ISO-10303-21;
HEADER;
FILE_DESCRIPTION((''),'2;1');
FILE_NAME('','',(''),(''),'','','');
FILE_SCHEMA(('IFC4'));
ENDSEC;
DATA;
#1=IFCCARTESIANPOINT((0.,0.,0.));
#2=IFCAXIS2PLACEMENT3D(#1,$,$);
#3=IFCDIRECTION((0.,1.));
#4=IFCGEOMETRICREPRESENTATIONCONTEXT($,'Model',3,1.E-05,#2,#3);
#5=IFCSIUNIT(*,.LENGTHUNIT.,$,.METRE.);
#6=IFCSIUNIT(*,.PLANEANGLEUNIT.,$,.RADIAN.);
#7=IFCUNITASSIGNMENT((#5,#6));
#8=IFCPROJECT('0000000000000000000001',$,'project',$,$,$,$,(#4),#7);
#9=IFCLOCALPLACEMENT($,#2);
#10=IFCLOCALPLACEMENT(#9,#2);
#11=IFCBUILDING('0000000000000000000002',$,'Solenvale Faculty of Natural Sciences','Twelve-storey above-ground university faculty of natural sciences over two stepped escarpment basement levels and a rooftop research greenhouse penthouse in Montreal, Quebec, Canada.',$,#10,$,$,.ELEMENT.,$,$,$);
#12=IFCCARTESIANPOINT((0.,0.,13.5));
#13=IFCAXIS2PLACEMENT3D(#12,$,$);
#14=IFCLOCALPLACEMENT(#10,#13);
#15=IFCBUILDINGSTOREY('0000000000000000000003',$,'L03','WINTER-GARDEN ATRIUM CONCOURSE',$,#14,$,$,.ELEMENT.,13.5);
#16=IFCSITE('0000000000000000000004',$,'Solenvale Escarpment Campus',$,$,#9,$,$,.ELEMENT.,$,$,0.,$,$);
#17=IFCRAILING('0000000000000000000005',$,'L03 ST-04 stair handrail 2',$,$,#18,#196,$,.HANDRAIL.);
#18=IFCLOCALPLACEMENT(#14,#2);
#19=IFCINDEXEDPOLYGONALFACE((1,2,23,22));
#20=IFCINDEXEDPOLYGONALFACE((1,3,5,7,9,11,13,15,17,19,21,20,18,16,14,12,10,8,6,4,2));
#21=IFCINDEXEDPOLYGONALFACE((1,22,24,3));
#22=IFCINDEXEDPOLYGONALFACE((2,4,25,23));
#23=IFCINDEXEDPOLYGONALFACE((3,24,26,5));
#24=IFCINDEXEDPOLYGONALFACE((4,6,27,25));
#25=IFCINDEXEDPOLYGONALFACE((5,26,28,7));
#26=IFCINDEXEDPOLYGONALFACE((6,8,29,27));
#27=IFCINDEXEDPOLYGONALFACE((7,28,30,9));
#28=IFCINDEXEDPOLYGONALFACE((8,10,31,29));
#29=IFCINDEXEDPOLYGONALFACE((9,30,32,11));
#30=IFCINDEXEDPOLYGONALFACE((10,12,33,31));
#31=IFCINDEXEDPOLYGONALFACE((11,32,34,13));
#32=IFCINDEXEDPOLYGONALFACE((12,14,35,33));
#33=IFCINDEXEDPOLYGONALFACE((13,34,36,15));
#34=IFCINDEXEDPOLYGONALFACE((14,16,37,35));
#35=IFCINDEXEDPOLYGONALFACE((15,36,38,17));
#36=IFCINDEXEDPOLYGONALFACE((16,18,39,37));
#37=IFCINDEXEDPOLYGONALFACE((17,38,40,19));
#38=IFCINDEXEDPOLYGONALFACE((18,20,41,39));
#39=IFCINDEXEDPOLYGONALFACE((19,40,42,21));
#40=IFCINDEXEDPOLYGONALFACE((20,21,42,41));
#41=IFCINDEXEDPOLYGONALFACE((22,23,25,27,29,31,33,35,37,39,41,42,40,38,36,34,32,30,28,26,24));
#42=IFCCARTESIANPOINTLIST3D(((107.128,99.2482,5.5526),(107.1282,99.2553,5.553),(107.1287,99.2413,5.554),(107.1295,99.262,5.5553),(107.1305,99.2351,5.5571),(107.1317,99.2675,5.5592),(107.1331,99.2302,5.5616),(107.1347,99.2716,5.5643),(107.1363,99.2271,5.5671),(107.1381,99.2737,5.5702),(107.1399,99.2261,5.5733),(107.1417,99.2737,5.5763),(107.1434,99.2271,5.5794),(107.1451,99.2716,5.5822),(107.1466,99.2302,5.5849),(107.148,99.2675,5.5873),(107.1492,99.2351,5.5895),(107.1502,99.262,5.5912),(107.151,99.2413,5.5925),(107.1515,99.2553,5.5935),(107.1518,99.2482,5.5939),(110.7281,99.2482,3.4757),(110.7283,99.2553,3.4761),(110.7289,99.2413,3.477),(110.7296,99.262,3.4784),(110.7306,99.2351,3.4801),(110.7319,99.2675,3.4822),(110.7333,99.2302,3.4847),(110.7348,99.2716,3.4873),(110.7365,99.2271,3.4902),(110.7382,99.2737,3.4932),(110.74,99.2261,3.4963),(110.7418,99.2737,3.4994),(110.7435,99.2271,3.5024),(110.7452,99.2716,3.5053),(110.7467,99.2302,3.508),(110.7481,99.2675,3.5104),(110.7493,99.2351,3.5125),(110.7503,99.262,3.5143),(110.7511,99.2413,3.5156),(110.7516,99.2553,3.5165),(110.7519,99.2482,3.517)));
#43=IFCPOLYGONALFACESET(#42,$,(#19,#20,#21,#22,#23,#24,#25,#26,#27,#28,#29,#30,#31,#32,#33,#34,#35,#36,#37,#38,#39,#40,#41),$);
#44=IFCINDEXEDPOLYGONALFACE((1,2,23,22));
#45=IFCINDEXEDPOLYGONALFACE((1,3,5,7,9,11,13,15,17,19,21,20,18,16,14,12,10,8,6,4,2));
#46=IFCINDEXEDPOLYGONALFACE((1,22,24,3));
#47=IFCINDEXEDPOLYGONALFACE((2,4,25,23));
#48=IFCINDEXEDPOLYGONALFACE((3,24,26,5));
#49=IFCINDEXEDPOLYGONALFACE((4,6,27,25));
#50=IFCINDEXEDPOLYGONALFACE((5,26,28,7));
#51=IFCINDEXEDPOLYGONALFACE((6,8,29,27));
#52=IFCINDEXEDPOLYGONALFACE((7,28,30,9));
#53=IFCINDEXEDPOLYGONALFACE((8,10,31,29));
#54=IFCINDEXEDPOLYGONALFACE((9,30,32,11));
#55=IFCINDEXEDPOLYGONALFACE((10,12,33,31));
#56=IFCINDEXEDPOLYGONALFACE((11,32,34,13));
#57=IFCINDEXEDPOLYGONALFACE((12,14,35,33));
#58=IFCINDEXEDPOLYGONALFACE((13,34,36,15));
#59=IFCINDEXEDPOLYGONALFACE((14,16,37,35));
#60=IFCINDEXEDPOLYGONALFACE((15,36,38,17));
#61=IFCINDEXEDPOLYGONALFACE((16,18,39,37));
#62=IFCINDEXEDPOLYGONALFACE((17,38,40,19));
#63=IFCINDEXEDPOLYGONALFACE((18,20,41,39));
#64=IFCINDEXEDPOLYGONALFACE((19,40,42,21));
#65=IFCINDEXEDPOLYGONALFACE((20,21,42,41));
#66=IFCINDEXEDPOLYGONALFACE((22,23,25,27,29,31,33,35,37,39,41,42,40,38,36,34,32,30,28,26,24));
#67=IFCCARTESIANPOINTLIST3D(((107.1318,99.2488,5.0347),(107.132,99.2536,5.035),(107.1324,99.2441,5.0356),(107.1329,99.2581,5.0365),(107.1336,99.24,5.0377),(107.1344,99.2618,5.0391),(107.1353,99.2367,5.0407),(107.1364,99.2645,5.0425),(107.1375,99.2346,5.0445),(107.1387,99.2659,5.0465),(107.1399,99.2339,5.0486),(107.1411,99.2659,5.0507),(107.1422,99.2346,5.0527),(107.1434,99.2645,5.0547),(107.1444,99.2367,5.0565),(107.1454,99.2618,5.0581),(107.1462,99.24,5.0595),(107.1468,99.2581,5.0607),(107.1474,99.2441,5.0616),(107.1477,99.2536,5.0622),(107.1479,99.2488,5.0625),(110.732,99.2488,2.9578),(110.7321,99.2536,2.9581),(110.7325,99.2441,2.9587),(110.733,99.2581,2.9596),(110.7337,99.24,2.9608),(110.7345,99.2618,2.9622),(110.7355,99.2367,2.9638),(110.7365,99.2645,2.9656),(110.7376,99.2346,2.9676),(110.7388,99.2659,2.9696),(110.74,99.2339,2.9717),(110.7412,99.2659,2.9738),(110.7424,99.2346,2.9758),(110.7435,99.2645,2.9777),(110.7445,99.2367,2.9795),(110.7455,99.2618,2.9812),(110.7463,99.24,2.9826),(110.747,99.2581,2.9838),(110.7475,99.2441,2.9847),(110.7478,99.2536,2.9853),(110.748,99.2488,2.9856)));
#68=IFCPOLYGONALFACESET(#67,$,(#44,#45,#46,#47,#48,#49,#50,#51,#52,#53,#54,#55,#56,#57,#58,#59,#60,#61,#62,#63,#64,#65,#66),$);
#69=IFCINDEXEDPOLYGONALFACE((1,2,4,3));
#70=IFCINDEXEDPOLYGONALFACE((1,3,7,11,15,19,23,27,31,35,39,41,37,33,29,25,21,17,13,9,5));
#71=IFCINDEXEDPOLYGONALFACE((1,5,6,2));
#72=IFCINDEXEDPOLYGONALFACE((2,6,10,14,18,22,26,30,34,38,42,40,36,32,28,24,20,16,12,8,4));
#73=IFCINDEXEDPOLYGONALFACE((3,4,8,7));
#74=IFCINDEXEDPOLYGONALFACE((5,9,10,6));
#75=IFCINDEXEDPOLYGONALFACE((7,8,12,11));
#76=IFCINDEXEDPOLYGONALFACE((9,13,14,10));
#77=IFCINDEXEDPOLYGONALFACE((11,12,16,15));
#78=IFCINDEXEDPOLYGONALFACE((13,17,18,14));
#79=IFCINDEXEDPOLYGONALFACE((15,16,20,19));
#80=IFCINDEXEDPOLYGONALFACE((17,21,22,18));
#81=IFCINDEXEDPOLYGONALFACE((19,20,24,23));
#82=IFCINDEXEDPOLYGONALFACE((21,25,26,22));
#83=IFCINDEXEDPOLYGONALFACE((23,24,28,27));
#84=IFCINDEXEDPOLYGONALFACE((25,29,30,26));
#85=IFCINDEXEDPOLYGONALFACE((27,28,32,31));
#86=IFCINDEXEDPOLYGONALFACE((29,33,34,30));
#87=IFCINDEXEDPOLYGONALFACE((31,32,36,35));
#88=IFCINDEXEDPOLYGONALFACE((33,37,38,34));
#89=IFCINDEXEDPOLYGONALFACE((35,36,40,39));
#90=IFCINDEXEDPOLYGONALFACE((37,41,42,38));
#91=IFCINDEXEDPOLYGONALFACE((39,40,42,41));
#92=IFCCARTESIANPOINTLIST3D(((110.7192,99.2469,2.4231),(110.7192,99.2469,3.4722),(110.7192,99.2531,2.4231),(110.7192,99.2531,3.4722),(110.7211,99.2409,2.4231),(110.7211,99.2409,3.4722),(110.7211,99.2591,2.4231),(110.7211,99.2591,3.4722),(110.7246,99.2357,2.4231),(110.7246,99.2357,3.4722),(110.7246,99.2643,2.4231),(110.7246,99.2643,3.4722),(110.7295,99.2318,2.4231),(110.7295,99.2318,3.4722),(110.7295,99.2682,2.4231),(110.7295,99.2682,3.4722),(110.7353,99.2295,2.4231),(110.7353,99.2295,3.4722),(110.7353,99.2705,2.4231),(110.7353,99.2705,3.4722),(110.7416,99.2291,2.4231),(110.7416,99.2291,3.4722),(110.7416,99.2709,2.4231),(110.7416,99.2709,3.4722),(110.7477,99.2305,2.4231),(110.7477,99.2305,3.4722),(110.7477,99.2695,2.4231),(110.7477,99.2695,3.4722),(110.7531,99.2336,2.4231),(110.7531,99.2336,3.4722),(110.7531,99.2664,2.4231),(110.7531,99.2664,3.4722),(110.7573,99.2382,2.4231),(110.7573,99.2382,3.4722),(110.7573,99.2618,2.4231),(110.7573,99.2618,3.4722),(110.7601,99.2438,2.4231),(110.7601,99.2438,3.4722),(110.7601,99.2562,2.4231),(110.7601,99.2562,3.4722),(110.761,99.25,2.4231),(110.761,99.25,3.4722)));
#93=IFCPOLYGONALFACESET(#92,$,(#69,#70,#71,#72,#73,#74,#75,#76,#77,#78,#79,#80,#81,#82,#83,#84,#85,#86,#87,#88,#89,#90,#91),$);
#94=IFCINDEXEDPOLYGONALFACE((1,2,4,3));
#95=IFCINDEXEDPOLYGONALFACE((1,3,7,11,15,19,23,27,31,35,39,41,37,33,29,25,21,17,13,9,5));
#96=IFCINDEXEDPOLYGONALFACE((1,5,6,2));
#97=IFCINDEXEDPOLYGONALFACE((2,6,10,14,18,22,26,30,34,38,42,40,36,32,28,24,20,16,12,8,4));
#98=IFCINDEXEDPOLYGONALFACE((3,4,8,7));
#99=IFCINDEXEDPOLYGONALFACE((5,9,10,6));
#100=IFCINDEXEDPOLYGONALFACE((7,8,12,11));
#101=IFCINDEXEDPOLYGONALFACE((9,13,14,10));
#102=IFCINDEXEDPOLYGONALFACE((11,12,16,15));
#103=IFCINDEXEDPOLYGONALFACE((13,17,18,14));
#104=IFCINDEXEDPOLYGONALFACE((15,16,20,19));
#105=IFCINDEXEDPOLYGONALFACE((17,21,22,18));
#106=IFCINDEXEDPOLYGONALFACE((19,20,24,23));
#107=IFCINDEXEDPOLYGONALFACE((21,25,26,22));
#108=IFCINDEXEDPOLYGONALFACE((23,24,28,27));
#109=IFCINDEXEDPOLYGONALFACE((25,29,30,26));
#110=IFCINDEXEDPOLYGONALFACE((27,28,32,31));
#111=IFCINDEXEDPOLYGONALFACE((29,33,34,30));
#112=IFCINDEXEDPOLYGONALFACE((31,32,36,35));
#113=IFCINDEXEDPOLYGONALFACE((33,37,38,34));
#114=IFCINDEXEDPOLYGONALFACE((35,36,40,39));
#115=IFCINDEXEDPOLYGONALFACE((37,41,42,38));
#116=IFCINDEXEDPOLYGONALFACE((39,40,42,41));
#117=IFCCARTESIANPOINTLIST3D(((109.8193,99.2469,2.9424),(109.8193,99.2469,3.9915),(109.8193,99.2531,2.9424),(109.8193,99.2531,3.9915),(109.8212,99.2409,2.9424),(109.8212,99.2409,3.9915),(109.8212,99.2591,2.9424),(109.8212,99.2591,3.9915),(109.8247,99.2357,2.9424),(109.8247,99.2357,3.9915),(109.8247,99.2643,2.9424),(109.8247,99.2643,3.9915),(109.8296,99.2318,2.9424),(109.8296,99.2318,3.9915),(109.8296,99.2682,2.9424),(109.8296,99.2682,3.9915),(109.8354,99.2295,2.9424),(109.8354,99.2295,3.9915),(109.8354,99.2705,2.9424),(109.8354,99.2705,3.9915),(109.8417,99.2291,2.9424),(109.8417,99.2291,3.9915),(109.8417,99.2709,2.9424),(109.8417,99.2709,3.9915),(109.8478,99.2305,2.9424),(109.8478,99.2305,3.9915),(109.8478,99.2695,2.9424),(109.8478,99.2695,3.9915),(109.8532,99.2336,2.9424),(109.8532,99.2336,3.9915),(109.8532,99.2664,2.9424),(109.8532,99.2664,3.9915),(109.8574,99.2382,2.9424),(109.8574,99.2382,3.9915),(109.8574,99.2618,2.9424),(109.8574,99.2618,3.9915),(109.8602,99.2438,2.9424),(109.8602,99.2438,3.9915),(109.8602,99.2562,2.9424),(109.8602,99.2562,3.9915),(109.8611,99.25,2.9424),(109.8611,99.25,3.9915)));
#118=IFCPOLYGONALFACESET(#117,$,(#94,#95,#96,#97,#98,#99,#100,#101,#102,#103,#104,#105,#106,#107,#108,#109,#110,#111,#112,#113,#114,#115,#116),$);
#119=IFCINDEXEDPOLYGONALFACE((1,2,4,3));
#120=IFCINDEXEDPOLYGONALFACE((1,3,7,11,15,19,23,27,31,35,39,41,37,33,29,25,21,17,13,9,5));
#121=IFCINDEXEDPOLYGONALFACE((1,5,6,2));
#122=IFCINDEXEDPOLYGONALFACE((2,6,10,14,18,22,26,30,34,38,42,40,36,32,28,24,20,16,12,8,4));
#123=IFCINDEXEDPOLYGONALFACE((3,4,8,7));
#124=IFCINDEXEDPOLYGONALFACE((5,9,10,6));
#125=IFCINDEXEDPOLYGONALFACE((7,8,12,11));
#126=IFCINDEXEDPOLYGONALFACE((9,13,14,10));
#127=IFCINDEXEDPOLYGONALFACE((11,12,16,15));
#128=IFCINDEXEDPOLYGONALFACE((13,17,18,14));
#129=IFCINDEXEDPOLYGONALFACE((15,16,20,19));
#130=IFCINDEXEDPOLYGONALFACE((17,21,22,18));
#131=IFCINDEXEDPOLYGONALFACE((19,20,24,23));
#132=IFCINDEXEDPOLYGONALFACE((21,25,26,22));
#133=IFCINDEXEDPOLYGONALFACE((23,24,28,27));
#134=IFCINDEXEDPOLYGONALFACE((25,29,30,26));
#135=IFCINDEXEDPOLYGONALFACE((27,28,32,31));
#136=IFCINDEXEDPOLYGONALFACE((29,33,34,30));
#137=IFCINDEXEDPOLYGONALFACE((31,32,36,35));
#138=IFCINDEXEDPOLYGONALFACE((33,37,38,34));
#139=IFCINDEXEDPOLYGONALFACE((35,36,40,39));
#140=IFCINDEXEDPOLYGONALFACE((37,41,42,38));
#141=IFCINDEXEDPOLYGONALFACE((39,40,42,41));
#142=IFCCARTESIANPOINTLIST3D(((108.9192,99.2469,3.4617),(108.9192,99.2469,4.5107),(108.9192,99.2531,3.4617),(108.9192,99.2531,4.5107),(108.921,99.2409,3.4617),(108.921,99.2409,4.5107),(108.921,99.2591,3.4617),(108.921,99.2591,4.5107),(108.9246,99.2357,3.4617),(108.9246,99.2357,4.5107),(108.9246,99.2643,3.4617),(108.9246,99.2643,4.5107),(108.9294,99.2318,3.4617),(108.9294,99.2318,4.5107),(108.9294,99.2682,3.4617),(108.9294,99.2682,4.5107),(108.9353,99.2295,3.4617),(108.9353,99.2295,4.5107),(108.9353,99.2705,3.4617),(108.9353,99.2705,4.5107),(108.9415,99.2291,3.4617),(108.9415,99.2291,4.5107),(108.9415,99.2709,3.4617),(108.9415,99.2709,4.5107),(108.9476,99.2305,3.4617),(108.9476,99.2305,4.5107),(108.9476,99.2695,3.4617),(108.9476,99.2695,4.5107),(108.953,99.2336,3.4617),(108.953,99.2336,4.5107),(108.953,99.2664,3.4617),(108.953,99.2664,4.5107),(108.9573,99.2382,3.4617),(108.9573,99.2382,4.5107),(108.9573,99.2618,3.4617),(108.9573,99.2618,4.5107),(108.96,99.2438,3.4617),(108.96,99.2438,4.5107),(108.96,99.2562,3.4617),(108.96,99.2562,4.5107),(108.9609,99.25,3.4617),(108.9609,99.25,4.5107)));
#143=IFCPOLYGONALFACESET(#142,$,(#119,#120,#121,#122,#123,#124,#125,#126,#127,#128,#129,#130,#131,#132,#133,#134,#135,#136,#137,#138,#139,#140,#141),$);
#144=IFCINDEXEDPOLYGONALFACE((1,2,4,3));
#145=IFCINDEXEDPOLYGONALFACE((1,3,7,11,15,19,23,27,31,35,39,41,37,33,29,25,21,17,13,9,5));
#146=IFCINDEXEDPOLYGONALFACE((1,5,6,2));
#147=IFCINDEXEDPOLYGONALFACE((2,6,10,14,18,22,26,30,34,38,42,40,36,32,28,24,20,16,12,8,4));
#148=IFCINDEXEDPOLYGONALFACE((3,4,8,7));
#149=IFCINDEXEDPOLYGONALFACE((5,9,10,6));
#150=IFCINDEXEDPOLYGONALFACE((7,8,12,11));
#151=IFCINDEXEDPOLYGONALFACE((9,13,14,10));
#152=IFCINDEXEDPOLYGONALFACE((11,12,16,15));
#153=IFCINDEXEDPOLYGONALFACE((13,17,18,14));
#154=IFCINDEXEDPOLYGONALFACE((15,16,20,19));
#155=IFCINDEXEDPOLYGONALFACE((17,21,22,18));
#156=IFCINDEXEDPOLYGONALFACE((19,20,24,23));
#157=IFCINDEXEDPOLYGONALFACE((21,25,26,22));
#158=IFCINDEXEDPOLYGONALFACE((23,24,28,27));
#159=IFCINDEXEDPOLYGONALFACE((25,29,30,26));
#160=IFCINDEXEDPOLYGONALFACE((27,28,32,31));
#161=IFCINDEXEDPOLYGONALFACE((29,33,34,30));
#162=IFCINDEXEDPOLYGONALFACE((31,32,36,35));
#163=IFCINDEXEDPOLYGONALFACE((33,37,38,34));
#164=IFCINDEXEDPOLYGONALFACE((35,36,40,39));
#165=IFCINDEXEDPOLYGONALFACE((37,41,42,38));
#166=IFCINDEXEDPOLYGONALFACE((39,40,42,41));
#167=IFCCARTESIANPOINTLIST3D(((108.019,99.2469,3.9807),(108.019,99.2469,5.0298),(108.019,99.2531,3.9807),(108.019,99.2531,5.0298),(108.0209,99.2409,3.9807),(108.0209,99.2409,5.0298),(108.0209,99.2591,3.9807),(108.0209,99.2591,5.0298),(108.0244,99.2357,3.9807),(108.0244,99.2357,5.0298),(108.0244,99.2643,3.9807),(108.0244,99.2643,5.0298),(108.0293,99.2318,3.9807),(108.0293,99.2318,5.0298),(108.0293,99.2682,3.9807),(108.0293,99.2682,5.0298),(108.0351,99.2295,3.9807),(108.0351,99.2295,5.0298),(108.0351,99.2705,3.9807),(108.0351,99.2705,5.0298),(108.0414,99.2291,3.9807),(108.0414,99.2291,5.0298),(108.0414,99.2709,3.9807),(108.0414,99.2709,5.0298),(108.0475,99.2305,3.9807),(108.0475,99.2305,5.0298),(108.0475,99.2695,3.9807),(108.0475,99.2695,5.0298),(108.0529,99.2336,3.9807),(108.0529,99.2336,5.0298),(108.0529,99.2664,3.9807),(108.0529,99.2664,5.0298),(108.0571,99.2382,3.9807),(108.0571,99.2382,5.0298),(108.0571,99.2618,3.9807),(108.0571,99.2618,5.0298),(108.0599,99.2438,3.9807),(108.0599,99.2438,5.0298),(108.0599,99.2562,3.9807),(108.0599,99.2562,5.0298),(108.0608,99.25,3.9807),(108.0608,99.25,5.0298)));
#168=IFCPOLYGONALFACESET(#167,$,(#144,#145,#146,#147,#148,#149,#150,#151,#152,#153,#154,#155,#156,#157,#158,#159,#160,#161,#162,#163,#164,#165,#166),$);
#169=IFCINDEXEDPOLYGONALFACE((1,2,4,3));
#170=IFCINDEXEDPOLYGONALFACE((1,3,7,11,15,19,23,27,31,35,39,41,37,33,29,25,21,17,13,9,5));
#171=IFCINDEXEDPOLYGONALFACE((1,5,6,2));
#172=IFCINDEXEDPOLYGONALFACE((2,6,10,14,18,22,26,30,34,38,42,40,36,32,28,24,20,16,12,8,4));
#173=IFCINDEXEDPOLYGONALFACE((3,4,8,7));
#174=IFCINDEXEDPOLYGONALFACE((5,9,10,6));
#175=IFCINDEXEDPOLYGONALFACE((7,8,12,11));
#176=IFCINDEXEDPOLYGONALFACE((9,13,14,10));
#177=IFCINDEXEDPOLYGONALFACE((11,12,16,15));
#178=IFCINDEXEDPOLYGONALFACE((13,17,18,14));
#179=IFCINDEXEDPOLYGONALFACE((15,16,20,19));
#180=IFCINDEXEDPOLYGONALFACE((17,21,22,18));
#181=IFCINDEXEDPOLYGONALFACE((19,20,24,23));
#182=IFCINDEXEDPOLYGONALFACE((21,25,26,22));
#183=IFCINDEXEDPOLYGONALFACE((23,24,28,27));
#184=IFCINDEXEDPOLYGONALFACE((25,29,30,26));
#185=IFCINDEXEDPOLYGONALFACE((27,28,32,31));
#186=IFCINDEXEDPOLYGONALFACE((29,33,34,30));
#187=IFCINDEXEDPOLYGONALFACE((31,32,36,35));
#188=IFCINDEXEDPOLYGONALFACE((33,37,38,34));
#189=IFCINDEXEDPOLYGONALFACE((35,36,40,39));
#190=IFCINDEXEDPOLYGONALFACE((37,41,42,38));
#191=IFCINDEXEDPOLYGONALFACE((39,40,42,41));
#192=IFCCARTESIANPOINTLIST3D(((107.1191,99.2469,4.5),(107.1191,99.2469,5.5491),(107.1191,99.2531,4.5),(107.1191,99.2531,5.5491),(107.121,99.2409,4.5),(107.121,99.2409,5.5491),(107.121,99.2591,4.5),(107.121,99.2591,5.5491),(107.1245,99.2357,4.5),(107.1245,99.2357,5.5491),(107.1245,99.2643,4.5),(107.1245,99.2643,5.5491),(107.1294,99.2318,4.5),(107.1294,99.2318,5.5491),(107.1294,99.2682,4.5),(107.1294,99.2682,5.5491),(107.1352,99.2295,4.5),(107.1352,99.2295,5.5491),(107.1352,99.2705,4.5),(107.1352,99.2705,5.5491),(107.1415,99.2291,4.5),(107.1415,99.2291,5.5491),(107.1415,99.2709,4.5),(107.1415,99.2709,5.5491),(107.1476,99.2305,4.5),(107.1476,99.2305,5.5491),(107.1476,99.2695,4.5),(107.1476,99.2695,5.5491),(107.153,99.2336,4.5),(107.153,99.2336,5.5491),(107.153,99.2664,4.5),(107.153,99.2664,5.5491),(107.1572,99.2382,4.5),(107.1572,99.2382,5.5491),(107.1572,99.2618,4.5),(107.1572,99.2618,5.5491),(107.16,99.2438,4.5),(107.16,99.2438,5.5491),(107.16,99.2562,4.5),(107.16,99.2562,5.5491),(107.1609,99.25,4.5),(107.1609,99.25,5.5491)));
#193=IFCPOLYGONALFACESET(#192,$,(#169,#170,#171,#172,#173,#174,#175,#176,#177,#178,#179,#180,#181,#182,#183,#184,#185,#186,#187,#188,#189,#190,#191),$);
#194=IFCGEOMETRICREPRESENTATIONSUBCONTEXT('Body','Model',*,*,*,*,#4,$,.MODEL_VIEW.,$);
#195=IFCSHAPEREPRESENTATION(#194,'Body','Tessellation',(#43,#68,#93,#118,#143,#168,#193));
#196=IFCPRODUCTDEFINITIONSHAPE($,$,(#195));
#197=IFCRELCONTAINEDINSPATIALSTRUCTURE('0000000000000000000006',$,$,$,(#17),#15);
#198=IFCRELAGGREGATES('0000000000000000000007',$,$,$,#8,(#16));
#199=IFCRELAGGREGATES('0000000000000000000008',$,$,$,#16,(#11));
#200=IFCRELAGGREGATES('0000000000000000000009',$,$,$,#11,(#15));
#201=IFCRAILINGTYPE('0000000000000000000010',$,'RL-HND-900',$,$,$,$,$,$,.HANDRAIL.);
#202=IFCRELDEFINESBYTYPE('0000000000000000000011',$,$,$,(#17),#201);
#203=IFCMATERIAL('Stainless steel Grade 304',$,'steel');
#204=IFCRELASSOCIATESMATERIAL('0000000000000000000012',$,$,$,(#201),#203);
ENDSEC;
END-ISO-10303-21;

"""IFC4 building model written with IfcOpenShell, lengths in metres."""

from ifc_helpers import new_model, si_unit, direction, frame, origin, origin_2d, place, context, subcontext, project, spatial, circle, extrude, material, type_object, element, save


model = new_model("IFC4")

# Units and contexts
model_context = context("Model", 3, precision=1e-05, world=origin(), true_north=direction((0.0, 1.0)))
body_context = subcontext(model_context, "Body", "Model", "MODEL_VIEW")
ifc_project = project(units=[si_unit("LENGTHUNIT", "METRE"), si_unit("PLANEANGLEUNIT", "RADIAN")], contexts=[model_context])

# Site, building, storey
site_placement = place(None, origin())
site = spatial("IfcSite", under=ifc_project, at=site_placement, Name="Solenvale Escarpment Campus", CompositionType="ELEMENT", RefElevation=0.0)
building_placement = place(site_placement, origin())
building = spatial("IfcBuilding", under=site, at=building_placement, Name="Solenvale Faculty of Natural Sciences", Description="Twelve-storey above-ground university faculty of natural sciences over two stepped escarpment basement levels and a rooftop research greenhouse penthouse in Montreal, Quebec, Canada.", CompositionType="ELEMENT")
storey_placement = place(building_placement, frame((0.0, 0.0, 13.5)))
storey = spatial("IfcBuildingStorey", under=building, at=storey_placement, Name="L03", Description="WINTER-GARDEN ATRIUM CONCOURSE", CompositionType="ELEMENT", Elevation=13.5)

# Shared definitions
ifc_material_1 = material(Name="Stainless steel Grade 304", Category="steel")

# Railing
railing_type_1 = type_object("IfcRailingType", Name="RL-HND-900", PredefinedType="HANDRAIL", material=ifc_material_1)
railing_1_placement = place(storey_placement, frame((110.74, 99.25, 2.4231)))
element("IfcRailing", 1, at=railing_1_placement, inside=storey, type_object=railing_type_1, Name="L03 ST-04 stair handrail 2", PredefinedType="HANDRAIL", context=body_context, shape_type="SweptSolid", body=[
    extrude(circle(Radius=0.0239, at=origin_2d()), frame((0.0, 0.0, 1.0732), z_axis=(-0.866193, 0.0, 0.499709), x_axis=(0.0, -1.0, 0.0)), (0.0, 0.0, 1.0), 4.1562),
    extrude(circle(Radius=0.0161, at=origin_2d()), frame((0.0, 0.0, 0.5486), z_axis=(-0.866193, 0.0, 0.499709), x_axis=(0.0, -1.0, 0.0)), (0.0, 0.0, 1.0), 4.1562),
    extrude(circle(Radius=0.021, at=origin_2d()), origin(), (0.0, 0.0, 1.0), 1.0491),
    extrude(circle(Radius=0.021, at=origin_2d()), frame((-0.8999, 0.0, 0.5193)), (0.0, 0.0, 1.0), 1.0491),
    extrude(circle(Radius=0.021, at=origin_2d()), frame((-1.8, 0.0, 1.0386)), (0.0, 0.0, 1.0), 1.0491),
    extrude(circle(Radius=0.021, at=origin_2d()), frame((-2.7002, 0.0, 1.5576)), (0.0, 0.0, 1.0), 1.0491),
    extrude(circle(Radius=0.021, at=origin_2d()), frame((-3.6001, 0.0, 2.0769)), (0.0, 0.0, 1.0), 1.0491),
])

save(model, "model.ifc")
